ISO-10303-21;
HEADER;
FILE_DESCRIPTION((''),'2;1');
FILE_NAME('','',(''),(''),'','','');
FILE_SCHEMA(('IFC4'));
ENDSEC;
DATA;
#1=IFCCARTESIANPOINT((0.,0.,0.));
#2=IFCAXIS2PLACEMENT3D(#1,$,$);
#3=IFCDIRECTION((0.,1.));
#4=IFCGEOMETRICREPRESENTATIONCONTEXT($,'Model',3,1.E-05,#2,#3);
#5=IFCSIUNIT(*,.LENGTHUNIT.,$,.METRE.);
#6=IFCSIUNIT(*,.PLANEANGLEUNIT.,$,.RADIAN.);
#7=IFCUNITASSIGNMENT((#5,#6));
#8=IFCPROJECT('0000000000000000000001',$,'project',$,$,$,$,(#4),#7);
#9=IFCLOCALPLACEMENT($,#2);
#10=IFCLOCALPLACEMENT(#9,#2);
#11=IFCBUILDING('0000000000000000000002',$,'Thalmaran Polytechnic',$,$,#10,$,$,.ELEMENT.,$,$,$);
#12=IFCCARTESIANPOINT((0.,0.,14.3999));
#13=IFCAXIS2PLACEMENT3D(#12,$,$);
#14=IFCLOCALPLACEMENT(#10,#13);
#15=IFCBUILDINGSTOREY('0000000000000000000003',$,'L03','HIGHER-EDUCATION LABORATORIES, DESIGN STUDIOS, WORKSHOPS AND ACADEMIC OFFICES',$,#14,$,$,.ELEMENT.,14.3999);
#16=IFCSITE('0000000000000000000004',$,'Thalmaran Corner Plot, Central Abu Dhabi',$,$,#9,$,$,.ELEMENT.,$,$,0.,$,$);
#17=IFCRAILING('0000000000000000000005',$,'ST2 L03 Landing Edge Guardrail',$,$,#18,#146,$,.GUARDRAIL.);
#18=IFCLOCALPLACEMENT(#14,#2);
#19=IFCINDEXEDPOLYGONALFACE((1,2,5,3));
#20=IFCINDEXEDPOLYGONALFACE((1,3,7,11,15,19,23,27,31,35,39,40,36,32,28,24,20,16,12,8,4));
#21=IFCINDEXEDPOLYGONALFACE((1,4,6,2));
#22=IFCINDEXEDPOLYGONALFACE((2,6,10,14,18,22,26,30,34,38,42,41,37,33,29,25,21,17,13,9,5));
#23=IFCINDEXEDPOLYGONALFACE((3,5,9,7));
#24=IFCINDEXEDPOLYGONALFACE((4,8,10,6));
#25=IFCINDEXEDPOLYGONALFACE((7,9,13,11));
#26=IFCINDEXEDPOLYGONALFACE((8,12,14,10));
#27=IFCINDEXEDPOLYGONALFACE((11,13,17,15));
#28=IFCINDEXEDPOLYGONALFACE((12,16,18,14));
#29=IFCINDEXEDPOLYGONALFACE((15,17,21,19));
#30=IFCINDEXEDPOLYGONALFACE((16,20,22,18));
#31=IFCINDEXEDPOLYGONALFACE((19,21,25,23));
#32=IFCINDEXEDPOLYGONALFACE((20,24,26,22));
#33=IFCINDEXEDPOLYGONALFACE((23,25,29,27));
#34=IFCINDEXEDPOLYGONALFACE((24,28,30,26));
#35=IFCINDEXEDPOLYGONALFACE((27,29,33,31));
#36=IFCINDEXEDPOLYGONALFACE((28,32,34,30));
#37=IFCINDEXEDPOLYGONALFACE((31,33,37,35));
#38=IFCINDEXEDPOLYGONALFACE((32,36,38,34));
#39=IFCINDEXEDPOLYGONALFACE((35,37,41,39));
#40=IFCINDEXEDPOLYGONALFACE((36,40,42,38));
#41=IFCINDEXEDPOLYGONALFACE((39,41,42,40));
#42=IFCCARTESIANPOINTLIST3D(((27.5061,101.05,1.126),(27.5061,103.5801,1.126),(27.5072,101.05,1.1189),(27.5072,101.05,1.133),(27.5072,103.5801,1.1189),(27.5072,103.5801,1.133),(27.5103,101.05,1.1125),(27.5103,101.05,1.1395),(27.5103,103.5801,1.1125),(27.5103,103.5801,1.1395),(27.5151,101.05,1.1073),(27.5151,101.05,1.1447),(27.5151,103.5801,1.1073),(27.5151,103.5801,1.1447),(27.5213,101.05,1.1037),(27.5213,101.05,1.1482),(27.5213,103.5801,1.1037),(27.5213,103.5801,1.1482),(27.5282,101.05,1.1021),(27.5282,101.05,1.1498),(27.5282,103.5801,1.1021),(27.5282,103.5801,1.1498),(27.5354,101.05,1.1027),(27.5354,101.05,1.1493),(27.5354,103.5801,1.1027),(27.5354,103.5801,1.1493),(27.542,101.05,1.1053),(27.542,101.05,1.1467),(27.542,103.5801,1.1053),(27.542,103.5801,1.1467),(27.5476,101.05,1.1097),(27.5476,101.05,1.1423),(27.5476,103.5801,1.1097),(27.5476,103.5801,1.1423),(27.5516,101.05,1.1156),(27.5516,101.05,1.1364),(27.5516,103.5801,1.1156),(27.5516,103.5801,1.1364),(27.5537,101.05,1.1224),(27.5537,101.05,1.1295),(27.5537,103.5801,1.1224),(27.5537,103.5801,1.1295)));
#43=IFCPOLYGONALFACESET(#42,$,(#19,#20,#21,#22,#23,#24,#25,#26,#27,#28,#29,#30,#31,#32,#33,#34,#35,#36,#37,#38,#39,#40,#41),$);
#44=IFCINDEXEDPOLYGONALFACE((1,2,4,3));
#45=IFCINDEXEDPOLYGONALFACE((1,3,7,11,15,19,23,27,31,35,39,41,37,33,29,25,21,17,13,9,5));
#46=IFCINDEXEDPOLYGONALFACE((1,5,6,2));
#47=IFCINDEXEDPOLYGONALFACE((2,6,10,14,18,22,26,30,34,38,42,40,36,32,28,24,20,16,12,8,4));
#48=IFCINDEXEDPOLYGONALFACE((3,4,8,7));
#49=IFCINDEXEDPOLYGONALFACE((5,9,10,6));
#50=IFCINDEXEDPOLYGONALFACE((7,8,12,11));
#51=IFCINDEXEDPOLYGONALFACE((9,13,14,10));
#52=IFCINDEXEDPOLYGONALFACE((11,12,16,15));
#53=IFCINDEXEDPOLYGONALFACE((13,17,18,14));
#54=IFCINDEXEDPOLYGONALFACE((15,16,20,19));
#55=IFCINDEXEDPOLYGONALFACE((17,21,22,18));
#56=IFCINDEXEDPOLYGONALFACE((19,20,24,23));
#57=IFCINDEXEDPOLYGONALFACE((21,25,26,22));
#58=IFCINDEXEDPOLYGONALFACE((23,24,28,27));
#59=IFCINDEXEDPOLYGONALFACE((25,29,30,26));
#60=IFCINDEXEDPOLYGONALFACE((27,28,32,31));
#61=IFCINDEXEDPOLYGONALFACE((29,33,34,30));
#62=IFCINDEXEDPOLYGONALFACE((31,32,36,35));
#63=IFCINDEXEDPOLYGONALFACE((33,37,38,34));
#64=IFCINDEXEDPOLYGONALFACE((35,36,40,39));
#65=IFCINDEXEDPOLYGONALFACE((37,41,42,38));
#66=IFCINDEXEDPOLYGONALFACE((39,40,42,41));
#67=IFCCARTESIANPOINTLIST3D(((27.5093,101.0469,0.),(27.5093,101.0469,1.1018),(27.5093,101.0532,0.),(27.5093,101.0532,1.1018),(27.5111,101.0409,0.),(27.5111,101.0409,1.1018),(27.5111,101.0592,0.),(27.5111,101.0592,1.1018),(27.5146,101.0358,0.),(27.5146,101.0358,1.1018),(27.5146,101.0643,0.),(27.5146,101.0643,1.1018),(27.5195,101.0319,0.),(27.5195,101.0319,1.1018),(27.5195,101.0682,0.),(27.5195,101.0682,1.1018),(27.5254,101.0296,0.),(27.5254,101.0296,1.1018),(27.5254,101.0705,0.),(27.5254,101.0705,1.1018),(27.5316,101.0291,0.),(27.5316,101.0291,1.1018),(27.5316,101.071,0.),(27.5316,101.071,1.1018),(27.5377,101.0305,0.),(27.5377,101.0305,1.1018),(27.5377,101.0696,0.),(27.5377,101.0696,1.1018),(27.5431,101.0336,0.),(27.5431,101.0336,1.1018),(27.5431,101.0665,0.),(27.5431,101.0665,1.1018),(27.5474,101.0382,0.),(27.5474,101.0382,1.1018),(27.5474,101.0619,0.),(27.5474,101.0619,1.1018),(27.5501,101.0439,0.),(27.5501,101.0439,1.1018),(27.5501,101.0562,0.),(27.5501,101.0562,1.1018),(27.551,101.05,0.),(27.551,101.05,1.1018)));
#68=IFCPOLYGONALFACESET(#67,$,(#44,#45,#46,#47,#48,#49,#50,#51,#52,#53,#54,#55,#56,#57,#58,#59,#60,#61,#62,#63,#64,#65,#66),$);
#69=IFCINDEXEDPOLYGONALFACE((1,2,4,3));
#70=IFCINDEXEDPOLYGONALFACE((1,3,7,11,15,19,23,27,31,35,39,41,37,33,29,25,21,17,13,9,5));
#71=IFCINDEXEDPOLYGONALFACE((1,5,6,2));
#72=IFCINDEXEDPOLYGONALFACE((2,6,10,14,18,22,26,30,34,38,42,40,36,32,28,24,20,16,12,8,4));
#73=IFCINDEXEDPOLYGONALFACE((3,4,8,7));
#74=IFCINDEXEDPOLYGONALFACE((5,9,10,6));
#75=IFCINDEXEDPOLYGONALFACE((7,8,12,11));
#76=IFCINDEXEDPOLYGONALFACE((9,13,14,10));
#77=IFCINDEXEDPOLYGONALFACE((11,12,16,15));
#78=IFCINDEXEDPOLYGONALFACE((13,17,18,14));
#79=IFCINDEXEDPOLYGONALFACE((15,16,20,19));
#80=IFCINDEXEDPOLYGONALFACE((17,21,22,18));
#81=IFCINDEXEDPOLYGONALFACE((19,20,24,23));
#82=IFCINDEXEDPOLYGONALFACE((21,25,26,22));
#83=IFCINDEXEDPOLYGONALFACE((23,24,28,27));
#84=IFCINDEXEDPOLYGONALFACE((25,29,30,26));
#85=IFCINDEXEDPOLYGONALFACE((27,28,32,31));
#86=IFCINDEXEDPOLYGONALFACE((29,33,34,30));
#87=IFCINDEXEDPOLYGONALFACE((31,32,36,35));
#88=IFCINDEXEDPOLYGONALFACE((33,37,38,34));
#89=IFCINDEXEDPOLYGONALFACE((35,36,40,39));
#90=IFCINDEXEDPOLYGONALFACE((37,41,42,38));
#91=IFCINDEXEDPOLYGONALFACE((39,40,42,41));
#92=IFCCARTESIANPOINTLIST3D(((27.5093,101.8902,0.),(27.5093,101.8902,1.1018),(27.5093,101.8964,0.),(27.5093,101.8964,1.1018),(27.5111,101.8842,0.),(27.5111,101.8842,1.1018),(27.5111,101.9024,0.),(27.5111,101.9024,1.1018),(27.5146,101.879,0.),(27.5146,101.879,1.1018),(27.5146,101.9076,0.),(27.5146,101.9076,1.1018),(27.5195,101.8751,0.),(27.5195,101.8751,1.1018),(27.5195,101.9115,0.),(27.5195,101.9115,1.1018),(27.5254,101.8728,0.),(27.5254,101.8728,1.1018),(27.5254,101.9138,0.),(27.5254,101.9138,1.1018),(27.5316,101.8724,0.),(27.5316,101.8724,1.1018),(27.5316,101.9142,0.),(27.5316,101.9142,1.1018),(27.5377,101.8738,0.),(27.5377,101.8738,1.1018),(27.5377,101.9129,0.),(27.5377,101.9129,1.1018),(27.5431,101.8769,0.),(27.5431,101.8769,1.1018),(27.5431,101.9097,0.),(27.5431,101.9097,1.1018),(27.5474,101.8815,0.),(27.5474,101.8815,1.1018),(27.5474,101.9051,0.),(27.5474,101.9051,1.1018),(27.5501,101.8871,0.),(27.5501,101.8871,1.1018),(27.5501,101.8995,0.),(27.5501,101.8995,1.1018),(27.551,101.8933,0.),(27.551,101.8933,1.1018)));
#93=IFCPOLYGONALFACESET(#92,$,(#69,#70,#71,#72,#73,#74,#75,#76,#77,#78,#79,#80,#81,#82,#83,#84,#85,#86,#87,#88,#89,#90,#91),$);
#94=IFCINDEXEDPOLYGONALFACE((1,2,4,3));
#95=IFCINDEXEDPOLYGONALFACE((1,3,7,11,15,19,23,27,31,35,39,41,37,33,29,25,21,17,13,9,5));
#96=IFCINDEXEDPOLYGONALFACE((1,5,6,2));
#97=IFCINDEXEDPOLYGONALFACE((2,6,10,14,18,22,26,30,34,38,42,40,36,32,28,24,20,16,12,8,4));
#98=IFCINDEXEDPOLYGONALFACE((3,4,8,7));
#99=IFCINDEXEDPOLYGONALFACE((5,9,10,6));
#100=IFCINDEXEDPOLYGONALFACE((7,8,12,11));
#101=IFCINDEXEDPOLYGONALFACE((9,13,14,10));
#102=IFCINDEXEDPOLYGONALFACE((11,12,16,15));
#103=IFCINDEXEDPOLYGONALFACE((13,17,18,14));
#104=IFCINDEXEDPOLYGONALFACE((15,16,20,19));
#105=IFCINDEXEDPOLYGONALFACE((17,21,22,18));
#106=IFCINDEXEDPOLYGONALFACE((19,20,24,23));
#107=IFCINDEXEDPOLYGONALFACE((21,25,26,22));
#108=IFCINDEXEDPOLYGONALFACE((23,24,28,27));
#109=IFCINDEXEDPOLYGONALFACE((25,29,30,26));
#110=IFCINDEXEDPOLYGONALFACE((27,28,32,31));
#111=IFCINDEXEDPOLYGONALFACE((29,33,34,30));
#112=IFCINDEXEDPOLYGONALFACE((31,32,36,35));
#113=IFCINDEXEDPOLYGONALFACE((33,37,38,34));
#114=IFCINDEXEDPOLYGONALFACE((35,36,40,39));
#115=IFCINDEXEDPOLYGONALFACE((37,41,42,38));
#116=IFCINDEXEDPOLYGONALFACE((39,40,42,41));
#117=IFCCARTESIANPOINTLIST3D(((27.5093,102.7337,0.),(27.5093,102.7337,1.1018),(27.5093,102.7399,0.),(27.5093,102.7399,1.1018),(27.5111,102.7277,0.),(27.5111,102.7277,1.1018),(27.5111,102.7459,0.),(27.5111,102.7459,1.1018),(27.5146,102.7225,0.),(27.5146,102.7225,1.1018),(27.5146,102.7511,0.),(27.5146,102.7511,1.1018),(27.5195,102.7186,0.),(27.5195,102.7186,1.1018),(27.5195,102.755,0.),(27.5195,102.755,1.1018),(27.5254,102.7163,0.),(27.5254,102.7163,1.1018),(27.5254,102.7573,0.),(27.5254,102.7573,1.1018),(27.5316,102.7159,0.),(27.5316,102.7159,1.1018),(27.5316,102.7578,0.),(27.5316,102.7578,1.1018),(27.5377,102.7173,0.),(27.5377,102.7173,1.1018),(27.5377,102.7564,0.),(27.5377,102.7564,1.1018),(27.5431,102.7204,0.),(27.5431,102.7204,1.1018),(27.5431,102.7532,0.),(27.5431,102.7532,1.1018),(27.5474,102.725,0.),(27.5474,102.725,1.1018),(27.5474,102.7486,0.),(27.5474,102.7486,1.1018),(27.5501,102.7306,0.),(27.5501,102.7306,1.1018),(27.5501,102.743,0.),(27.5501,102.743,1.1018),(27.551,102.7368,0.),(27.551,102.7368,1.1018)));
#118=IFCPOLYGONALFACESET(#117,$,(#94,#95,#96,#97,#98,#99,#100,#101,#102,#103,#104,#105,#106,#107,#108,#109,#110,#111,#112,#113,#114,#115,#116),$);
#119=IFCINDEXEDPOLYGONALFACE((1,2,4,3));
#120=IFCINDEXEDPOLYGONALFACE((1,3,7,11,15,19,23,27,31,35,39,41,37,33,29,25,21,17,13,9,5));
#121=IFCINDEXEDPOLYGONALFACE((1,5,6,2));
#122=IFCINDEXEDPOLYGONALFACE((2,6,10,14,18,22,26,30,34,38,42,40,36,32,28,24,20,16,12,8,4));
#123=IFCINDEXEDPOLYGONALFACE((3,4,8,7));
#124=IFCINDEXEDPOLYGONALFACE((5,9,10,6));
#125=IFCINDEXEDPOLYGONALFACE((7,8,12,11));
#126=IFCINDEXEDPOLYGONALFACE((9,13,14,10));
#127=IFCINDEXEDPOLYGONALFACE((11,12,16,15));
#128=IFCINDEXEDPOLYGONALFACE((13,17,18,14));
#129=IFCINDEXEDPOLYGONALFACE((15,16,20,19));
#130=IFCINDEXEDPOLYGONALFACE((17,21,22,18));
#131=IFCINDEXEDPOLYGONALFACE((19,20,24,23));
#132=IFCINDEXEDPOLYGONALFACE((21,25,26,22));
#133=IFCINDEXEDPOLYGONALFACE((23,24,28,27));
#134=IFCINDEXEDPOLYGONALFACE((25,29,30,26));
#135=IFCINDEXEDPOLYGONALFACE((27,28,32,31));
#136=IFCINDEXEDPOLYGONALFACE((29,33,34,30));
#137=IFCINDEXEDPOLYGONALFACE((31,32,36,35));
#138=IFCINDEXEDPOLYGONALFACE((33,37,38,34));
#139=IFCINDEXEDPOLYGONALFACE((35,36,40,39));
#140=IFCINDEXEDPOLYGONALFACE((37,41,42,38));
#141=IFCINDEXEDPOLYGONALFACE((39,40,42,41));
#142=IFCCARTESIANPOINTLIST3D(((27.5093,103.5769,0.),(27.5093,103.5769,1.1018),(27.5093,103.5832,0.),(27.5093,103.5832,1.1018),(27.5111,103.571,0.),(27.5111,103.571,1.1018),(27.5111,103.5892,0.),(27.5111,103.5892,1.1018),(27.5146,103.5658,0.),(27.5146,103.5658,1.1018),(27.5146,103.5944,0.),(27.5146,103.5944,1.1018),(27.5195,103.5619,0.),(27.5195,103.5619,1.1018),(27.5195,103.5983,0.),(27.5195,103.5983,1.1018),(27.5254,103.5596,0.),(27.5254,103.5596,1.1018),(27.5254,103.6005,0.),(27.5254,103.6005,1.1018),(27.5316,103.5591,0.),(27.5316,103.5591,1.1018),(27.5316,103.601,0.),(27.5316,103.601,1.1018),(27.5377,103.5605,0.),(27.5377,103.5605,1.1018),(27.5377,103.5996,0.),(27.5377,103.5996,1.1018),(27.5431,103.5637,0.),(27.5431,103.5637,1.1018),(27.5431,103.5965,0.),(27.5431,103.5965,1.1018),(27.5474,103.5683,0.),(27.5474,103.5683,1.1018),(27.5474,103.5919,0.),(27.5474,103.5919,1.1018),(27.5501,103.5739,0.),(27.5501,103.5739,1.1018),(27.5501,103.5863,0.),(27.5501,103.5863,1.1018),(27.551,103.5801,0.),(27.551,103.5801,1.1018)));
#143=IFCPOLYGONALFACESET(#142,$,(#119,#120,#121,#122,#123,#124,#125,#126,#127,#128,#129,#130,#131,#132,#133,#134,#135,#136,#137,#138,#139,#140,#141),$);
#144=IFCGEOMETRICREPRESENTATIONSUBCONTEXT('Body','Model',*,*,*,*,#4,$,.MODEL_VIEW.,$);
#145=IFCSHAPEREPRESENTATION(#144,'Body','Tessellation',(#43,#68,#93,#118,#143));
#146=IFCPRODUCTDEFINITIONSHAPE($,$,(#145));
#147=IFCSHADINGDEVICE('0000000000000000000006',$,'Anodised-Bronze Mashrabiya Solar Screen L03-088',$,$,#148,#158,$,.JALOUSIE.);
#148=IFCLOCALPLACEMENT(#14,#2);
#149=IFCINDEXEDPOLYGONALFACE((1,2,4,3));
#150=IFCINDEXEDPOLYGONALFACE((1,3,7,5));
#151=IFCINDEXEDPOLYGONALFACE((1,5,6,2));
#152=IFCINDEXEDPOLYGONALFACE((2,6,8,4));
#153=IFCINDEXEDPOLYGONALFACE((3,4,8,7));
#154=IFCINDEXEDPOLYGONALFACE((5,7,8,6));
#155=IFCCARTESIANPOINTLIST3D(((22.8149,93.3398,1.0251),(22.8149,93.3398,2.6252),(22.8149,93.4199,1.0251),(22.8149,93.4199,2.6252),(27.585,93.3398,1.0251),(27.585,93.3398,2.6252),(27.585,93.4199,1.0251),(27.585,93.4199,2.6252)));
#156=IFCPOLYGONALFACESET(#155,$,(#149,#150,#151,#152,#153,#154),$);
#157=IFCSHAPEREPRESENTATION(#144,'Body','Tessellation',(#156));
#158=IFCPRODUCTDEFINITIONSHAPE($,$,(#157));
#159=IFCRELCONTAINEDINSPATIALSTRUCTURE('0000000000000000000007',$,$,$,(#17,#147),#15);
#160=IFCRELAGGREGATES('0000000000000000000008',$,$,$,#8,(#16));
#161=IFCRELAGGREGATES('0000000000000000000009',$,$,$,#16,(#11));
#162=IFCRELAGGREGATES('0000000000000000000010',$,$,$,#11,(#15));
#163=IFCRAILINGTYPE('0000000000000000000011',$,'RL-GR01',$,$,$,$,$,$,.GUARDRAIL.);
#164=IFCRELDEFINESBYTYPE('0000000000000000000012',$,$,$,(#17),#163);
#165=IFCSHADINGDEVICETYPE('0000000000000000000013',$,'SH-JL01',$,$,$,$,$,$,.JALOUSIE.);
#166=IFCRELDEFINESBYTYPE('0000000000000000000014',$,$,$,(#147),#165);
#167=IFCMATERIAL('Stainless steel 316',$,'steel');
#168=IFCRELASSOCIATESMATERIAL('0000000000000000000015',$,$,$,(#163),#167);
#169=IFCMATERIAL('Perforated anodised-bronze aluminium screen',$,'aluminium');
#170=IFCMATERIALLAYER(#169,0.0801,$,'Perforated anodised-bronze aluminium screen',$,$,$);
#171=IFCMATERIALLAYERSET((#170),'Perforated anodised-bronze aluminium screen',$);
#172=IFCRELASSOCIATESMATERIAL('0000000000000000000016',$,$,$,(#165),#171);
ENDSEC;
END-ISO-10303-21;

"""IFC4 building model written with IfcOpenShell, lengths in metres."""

from ifc_helpers import new_model, si_unit, direction, frame, origin, origin_2d, place, context, subcontext, project, spatial, rectangle, circle, extrude, material, layer, layer_set, type_object, element, save


model = new_model("IFC4")

# Units and contexts
model_context = context("Model", 3, precision=1e-05, world=origin(), true_north=direction((0.0, 1.0)))
body_context = subcontext(model_context, "Body", "Model", "MODEL_VIEW")
ifc_project = project(units=[si_unit("LENGTHUNIT", "METRE"), si_unit("PLANEANGLEUNIT", "RADIAN")], contexts=[model_context])

# Site, building, storey
site_placement = place(None, origin())
site = spatial("IfcSite", under=ifc_project, at=site_placement, Name="Thalmaran Corner Plot, Central Abu Dhabi", CompositionType="ELEMENT", RefElevation=0.0)
building_placement = place(site_placement, origin())
building = spatial("IfcBuilding", under=site, at=building_placement, Name="Thalmaran Polytechnic", CompositionType="ELEMENT")
storey_placement = place(building_placement, frame((0.0, 0.0, 14.3999)))
storey = spatial("IfcBuildingStorey", under=building, at=storey_placement, Name="L03", Description="HIGHER-EDUCATION LABORATORIES, DESIGN STUDIOS, WORKSHOPS AND ACADEMIC OFFICES", CompositionType="ELEMENT", Elevation=14.3999)

# Railing
ifc_material_1 = material(Name="Stainless steel 316", Category="steel")
railing_type = type_object("IfcRailingType", Name="RL-GR01", PredefinedType="GUARDRAIL", material=ifc_material_1)
railing_placement = place(storey_placement, frame((27.53, 101.05, 0.0)))
element("IfcRailing", 1, at=railing_placement, inside=storey, type_object=railing_type, Name="ST2 L03 Landing Edge Guardrail", PredefinedType="GUARDRAIL", context=body_context, shape_type="SweptSolid", body=[
    extrude(circle(Radius=0.0239, at=origin_2d()), frame((0.0, 0.0, 1.126), z_axis=(0.0, 1.0, 0.0), x_axis=(-1.0, 0.0, 0.0)), (0.0, 0.0, 1.0), 2.53),
    extrude(circle(Radius=0.021, at=origin_2d()), origin(), (0.0, 0.0, 1.0), 1.1018),
    extrude(circle(Radius=0.021, at=origin_2d()), frame((0.0, 0.8433, 0.0)), (0.0, 0.0, 1.0), 1.1018),
    extrude(circle(Radius=0.021, at=origin_2d()), frame((0.0, 1.6868, 0.0)), (0.0, 0.0, 1.0), 1.1018),
    extrude(circle(Radius=0.021, at=origin_2d()), frame((0.0, 2.53, 0.0)), (0.0, 0.0, 1.0), 1.1018),
])

# Shading device
ifc_material_2 = material(Name="Perforated anodised-bronze aluminium screen", Category="aluminium")
ifc_layer_1 = layer(ifc_material_2, 0.0801, Name="Perforated anodised-bronze aluminium screen")
ifc_layer_set_1 = layer_set([ifc_layer_1], Name="Perforated anodised-bronze aluminium screen")
shading_device_type = type_object("IfcShadingDeviceType", Name="SH-JL01", PredefinedType="JALOUSIE", material=ifc_layer_set_1)
shading_device_placement = place(storey_placement, frame((25.2, 93.3799, 1.0251), z_axis=(0.0, 0.0, 1.0), x_axis=(-1.0, 0.0, 0.0)))
element("IfcShadingDevice", 2, at=shading_device_placement, inside=storey, type_object=shading_device_type, Name="Anodised-Bronze Mashrabiya Solar Screen L03-088", PredefinedType="JALOUSIE", context=body_context, shape_type="SweptSolid", body=[
    extrude(rectangle(XDim=4.77, YDim=0.0801, at=origin_2d()), origin(), (0.0, 0.0, 1.0), 1.6001),
])

save(model, "model.ifc")
